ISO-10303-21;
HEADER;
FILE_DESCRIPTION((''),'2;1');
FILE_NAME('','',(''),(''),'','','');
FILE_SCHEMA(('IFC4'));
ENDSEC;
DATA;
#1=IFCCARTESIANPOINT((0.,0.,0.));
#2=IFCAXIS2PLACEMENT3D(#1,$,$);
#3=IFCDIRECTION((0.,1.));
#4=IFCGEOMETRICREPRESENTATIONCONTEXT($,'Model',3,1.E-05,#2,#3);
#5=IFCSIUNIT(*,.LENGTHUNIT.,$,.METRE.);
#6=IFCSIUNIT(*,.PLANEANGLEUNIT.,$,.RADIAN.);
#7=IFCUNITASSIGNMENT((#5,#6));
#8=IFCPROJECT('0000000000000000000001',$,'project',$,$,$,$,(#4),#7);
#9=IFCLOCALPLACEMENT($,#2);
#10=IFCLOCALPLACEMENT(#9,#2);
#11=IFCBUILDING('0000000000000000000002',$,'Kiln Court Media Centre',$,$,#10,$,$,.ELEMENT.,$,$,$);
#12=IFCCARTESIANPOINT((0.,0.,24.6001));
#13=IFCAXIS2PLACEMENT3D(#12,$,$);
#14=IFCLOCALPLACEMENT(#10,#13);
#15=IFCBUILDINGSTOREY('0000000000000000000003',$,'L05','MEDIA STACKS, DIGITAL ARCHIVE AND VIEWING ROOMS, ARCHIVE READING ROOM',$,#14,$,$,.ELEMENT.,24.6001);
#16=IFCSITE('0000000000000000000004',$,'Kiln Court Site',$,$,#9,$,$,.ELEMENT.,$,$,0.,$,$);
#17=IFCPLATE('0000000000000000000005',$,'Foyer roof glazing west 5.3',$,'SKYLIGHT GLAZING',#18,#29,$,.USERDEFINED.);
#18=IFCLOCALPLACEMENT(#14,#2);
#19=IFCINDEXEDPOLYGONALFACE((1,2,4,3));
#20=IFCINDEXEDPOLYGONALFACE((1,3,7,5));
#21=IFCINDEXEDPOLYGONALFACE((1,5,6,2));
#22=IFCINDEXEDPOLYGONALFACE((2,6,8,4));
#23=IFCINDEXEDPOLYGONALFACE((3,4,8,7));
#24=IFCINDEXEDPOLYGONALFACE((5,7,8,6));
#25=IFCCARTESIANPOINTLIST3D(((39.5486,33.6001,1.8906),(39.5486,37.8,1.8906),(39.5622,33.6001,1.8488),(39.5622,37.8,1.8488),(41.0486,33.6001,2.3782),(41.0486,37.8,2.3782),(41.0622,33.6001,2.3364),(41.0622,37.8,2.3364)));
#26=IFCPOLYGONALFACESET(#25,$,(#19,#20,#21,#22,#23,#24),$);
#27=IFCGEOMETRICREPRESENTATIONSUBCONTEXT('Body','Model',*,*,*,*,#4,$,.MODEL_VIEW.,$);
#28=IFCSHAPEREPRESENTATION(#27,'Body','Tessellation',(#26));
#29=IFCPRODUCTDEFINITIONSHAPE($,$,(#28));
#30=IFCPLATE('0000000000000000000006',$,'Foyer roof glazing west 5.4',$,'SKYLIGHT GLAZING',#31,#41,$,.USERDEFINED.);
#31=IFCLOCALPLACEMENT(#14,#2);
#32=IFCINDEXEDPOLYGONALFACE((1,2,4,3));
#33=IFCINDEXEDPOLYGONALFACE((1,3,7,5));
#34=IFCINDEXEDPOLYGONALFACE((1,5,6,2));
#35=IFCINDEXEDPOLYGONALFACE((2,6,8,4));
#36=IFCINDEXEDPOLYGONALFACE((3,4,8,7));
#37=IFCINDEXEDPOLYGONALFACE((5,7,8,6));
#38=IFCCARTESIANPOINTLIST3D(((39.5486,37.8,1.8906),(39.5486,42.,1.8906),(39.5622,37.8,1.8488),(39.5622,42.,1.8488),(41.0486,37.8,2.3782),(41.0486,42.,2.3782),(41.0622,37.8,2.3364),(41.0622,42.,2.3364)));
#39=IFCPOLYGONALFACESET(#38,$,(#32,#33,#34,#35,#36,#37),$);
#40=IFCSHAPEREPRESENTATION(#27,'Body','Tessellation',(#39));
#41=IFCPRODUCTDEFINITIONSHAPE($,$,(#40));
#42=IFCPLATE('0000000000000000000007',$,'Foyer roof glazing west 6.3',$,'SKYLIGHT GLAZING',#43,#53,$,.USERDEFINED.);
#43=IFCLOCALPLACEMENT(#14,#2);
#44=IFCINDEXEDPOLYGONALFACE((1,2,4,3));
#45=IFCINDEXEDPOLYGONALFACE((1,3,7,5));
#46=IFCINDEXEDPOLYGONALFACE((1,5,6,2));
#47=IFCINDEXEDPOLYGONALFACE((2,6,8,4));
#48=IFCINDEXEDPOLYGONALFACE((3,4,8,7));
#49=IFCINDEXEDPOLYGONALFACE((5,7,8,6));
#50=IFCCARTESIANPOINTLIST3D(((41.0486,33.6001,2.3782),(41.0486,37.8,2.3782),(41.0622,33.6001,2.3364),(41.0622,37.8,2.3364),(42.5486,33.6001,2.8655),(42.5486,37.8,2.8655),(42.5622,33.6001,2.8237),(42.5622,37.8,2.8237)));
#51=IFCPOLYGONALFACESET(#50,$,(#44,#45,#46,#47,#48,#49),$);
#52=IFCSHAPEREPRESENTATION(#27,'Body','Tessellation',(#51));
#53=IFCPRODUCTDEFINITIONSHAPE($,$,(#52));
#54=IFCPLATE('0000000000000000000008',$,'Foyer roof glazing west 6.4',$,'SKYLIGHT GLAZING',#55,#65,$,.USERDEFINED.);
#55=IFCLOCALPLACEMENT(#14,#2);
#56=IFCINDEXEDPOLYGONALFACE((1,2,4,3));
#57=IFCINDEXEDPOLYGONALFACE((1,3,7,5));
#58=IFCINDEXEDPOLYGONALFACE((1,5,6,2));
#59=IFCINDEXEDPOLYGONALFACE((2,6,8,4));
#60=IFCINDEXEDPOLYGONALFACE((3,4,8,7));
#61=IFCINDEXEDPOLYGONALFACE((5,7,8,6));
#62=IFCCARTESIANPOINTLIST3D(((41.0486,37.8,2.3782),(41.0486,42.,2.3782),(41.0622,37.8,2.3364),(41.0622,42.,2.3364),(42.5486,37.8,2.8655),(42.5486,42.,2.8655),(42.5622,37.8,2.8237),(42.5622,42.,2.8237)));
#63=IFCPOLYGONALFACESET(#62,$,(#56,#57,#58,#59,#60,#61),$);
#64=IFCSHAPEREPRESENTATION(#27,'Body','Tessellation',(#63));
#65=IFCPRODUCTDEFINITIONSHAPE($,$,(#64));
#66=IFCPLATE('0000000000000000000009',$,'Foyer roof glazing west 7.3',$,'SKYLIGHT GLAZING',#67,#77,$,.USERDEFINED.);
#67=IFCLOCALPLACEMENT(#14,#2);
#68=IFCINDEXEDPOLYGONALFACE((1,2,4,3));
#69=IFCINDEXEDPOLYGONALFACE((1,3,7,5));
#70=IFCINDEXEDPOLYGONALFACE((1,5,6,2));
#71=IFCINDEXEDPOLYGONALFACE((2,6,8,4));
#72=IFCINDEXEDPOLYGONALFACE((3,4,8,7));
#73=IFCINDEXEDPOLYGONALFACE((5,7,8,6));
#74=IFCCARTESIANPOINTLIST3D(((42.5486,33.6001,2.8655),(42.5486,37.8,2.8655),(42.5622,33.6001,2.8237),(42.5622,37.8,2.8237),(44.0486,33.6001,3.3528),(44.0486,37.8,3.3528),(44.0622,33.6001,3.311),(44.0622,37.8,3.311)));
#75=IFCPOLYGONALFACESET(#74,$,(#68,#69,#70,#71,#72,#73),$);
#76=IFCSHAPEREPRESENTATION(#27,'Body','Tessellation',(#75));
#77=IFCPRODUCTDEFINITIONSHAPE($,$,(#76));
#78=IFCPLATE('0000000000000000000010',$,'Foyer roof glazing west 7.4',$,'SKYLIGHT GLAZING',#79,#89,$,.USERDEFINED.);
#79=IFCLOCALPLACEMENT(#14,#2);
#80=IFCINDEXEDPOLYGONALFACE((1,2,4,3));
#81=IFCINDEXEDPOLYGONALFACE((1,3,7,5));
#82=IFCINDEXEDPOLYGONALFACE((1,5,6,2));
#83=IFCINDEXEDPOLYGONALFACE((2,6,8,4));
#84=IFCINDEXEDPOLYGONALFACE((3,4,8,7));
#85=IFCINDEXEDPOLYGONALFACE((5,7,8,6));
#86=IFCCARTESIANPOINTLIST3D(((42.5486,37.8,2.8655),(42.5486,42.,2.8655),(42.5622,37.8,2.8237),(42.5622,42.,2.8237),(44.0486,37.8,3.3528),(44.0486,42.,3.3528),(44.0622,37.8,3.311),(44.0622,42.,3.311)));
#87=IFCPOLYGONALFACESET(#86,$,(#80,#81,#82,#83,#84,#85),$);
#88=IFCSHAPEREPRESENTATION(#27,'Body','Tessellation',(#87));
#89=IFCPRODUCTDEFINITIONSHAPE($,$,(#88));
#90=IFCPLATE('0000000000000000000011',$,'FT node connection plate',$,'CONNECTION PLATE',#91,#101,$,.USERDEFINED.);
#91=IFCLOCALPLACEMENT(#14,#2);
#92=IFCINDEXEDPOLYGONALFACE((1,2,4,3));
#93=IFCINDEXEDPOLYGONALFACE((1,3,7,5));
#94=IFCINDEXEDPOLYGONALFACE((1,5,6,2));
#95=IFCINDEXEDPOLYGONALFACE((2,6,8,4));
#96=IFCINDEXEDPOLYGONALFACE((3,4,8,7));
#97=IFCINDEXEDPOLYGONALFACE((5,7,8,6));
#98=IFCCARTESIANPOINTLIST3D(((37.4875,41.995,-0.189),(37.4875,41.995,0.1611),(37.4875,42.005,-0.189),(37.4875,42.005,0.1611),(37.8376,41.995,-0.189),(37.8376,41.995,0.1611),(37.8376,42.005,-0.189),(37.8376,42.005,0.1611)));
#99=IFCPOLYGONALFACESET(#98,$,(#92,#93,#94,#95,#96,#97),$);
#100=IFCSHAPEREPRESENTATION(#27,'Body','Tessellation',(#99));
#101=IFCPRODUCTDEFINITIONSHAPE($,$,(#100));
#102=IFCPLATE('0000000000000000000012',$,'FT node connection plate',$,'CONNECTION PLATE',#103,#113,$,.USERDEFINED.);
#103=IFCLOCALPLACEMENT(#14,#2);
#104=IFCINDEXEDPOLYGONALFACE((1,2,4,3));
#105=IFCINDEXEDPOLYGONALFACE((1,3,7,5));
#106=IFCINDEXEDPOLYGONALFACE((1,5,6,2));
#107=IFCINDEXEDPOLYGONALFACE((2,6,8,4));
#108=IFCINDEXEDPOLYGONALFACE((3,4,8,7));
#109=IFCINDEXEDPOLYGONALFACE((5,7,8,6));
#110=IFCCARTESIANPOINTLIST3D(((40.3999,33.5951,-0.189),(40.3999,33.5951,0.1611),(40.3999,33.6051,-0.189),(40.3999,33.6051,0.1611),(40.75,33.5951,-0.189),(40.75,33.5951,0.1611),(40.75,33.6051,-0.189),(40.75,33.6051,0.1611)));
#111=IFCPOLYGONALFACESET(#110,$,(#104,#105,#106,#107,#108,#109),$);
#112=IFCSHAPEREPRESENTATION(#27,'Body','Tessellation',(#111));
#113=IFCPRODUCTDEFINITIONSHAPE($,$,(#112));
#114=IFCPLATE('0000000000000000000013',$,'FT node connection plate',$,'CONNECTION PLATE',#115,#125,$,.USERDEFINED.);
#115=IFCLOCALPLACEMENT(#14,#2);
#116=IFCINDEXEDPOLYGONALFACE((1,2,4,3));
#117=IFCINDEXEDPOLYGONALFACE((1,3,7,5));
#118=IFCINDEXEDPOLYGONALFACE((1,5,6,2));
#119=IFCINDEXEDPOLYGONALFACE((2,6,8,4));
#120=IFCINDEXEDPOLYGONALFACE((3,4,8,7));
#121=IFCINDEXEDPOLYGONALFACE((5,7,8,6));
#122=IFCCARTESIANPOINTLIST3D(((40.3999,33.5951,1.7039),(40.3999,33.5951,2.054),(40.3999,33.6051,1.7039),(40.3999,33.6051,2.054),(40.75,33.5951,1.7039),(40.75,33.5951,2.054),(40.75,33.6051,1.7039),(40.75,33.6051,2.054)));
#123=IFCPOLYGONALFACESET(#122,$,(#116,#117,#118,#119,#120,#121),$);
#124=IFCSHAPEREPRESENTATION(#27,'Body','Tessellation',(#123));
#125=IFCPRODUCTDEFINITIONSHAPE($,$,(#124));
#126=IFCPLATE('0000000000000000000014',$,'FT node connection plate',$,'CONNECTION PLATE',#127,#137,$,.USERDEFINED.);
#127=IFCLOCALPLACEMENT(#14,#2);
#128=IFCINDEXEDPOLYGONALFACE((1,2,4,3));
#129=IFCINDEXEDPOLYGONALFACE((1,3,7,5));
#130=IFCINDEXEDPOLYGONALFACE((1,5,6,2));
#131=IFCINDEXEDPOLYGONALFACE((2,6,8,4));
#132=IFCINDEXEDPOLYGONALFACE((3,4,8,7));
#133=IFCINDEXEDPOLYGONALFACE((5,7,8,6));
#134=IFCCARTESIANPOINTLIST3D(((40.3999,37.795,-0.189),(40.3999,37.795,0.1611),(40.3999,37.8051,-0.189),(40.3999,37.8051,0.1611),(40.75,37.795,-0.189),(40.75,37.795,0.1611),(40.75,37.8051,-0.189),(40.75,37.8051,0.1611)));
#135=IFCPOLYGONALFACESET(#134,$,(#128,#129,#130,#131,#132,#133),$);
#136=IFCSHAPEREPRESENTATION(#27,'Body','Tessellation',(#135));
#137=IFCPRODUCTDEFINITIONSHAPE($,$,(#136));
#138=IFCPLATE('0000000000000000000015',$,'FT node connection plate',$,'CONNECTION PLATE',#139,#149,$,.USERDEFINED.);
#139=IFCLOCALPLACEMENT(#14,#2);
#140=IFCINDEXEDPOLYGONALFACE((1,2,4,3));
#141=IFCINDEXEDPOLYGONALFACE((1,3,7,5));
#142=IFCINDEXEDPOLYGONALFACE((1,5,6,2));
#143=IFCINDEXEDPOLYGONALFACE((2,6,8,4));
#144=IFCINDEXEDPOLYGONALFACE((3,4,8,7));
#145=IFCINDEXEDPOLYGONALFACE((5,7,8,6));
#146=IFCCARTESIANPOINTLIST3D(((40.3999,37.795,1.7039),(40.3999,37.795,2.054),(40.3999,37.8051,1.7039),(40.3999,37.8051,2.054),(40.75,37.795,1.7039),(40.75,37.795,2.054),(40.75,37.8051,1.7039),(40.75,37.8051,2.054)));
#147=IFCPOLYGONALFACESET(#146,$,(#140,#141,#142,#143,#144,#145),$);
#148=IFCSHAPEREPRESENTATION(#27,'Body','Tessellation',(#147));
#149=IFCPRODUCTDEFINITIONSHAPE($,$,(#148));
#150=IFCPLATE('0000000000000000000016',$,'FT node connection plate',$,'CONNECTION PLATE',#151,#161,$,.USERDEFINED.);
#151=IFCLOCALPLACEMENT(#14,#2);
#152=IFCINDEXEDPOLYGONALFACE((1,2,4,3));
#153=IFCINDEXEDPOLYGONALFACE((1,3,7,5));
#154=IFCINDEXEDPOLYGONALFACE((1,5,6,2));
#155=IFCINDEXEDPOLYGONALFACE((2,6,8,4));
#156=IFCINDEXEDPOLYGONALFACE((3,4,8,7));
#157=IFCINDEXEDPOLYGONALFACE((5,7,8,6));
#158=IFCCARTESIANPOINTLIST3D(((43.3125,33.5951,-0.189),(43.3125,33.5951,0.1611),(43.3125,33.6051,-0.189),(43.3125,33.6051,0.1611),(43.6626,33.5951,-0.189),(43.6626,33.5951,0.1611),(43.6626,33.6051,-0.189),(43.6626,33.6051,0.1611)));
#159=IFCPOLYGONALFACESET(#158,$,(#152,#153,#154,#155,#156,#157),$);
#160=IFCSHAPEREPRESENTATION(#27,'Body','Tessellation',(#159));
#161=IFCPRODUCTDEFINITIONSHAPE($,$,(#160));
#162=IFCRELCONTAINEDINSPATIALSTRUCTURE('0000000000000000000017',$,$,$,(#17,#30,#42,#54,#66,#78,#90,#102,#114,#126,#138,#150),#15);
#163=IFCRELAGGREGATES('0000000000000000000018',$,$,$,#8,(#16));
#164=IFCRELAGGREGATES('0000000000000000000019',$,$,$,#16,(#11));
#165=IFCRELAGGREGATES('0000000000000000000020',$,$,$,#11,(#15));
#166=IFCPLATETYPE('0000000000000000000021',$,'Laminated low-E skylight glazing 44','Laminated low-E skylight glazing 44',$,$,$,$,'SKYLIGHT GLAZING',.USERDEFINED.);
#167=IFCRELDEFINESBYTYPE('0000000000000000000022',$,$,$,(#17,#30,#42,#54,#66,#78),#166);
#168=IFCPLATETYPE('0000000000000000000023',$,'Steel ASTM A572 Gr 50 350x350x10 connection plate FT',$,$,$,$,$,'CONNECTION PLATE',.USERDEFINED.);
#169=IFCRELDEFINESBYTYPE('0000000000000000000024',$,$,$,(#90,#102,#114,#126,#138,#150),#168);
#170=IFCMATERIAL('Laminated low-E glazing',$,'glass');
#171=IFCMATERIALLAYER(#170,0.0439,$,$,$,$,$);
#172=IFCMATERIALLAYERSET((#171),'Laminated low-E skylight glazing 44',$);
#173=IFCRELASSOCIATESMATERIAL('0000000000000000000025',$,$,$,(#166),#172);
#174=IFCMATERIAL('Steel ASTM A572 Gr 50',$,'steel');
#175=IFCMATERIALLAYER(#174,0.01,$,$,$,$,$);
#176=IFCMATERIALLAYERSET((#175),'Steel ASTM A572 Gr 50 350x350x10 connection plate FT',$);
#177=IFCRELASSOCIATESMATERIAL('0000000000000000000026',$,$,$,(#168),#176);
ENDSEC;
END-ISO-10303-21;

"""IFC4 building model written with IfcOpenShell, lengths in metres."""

from ifc_helpers import new_model, si_unit, direction, frame, origin, origin_2d, place, context, subcontext, project, spatial, polyline, rectangle, outline, extrude, material, layer, layer_set, type_object, element, save


model = new_model("IFC4")

# Units and contexts
model_context = context("Model", 3, precision=1e-05, world=origin(), true_north=direction((0.0, 1.0)))
body_context = subcontext(model_context, "Body", "Model", "MODEL_VIEW")
ifc_project = project(units=[si_unit("LENGTHUNIT", "METRE"), si_unit("PLANEANGLEUNIT", "RADIAN")], contexts=[model_context])

# Site, building, storey
site_placement = place(None, origin())
site = spatial("IfcSite", under=ifc_project, at=site_placement, Name="Kiln Court Site", CompositionType="ELEMENT", RefElevation=0.0)
building_placement = place(site_placement, origin())
building = spatial("IfcBuilding", under=site, at=building_placement, Name="Kiln Court Media Centre", CompositionType="ELEMENT")
storey_placement = place(building_placement, frame((0.0, 0.0, 24.6001)))
storey = spatial("IfcBuildingStorey", under=building, at=storey_placement, Name="L05", Description="MEDIA STACKS, DIGITAL ARCHIVE AND VIEWING ROOMS, ARCHIVE READING ROOM", CompositionType="ELEMENT", Elevation=24.6001)

# Plates
ifc_material_1 = material(Name="Laminated low-E glazing", Category="glass")
ifc_layer_1 = layer(ifc_material_1, 0.0439)
ifc_layer_set_1 = layer_set([ifc_layer_1], Name="Laminated low-E skylight glazing 44")
plate_type_1 = type_object("IfcPlateType", Name="Laminated low-E skylight glazing 44", Description="Laminated low-E skylight glazing 44", ElementType="SKYLIGHT GLAZING", PredefinedType="USERDEFINED", material=ifc_layer_set_1)
for number, where, z_axis, x_axis, name in (
    (1, (39.5486, 33.6001, 1.8906), (-0.309114, 0.0, 0.951025), (0.951025, 0.0, 0.309114), "Foyer roof glazing west 5.3"),
    (2, (39.5486, 37.8, 1.8906), (-0.309114, 0.0, 0.951025), (0.951025, 0.0, 0.309114), "Foyer roof glazing west 5.4"),
):
    element("IfcPlate", number, at=place(storey_placement, frame(where, z_axis=z_axis, x_axis=x_axis)), inside=storey, type_object=plate_type_1, Name=name, ObjectType="SKYLIGHT GLAZING", PredefinedType="USERDEFINED", context=body_context, shape_type="SweptSolid", body=[
        extrude(outline(polyline([(0.0, 0.0), (1.5772, 0.0), (1.5772, 4.2), (0.0, 4.2), (0.0, 0.0)])), origin(), (0.0, 0.0, -1.0), 0.0439),
    ])
for number, where, z_axis, x_axis, name in (
    (3, (41.0486, 33.6001, 2.3782), (-0.308974, 0.0, 0.95107), (0.95107, 0.0, 0.308974), "Foyer roof glazing west 6.3"),
    (4, (41.0486, 37.8, 2.3782), (-0.308974, 0.0, 0.95107), (0.95107, 0.0, 0.308974), "Foyer roof glazing west 6.4"),
    (5, (42.5486, 33.6001, 2.8655), (-0.308974, 0.0, 0.95107), (0.95107, 0.0, 0.308974), "Foyer roof glazing west 7.3"),
    (6, (42.5486, 37.8, 2.8655), (-0.308974, 0.0, 0.95107), (0.95107, 0.0, 0.308974), "Foyer roof glazing west 7.4"),
):
    element("IfcPlate", number, at=place(storey_placement, frame(where, z_axis=z_axis, x_axis=x_axis)), inside=storey, type_object=plate_type_1, Name=name, ObjectType="SKYLIGHT GLAZING", PredefinedType="USERDEFINED", context=body_context, shape_type="SweptSolid", body=[
        extrude(outline(polyline([(0.0, 0.0), (1.5772, 0.0), (1.5772, 4.2), (0.0, 4.2), (0.0, 0.0)])), origin(), (0.0, 0.0, -1.0), 0.0439),
    ])
ifc_material_2 = material(Name="Steel ASTM A572 Gr 50", Category="steel")
ifc_layer_2 = layer(ifc_material_2, 0.01)
ifc_layer_set_2 = layer_set([ifc_layer_2], Name="Steel ASTM A572 Gr 50 350x350x10 connection plate FT")
plate_type_2 = type_object("IfcPlateType", Name="Steel ASTM A572 Gr 50 350x350x10 connection plate FT", ElementType="CONNECTION PLATE", PredefinedType="USERDEFINED", material=ifc_layer_set_2)
for number, where, z_axis, x_axis, name in (
    (7, (37.6626, 42.0, -0.189), (0.0, 0.0, 1.0), (1.0, 0.0, 0.0), "FT node connection plate"),
    (8, (40.575, 33.6001, -0.189), (0.0, 0.0, 1.0), (1.0, 0.0, 0.0), "FT node connection plate"),
    (9, (40.575, 33.6001, 1.7039), (0.0, 0.0, 1.0), (1.0, 0.0, 0.0), "FT node connection plate"),
    (10, (40.575, 37.8, -0.189), (0.0, 0.0, 1.0), (1.0, 0.0, 0.0), "FT node connection plate"),
    (11, (40.575, 37.8, 1.7039), (0.0, 0.0, 1.0), (1.0, 0.0, 0.0), "FT node connection plate"),
    (12, (43.4875, 33.6001, -0.189), (0.0, 0.0, 1.0), (1.0, 0.0, 0.0), "FT node connection plate"),
):
    element("IfcPlate", number, at=place(storey_placement, frame(where, z_axis=z_axis, x_axis=x_axis)), inside=storey, type_object=plate_type_2, Name=name, ObjectType="CONNECTION PLATE", PredefinedType="USERDEFINED", context=body_context, shape_type="SweptSolid", body=[
        extrude(rectangle(XDim=0.3501, YDim=0.01, at=origin_2d()), origin(), (0.0, 0.0, 1.0), 0.3501),
    ])

save(model, "model.ifc")
